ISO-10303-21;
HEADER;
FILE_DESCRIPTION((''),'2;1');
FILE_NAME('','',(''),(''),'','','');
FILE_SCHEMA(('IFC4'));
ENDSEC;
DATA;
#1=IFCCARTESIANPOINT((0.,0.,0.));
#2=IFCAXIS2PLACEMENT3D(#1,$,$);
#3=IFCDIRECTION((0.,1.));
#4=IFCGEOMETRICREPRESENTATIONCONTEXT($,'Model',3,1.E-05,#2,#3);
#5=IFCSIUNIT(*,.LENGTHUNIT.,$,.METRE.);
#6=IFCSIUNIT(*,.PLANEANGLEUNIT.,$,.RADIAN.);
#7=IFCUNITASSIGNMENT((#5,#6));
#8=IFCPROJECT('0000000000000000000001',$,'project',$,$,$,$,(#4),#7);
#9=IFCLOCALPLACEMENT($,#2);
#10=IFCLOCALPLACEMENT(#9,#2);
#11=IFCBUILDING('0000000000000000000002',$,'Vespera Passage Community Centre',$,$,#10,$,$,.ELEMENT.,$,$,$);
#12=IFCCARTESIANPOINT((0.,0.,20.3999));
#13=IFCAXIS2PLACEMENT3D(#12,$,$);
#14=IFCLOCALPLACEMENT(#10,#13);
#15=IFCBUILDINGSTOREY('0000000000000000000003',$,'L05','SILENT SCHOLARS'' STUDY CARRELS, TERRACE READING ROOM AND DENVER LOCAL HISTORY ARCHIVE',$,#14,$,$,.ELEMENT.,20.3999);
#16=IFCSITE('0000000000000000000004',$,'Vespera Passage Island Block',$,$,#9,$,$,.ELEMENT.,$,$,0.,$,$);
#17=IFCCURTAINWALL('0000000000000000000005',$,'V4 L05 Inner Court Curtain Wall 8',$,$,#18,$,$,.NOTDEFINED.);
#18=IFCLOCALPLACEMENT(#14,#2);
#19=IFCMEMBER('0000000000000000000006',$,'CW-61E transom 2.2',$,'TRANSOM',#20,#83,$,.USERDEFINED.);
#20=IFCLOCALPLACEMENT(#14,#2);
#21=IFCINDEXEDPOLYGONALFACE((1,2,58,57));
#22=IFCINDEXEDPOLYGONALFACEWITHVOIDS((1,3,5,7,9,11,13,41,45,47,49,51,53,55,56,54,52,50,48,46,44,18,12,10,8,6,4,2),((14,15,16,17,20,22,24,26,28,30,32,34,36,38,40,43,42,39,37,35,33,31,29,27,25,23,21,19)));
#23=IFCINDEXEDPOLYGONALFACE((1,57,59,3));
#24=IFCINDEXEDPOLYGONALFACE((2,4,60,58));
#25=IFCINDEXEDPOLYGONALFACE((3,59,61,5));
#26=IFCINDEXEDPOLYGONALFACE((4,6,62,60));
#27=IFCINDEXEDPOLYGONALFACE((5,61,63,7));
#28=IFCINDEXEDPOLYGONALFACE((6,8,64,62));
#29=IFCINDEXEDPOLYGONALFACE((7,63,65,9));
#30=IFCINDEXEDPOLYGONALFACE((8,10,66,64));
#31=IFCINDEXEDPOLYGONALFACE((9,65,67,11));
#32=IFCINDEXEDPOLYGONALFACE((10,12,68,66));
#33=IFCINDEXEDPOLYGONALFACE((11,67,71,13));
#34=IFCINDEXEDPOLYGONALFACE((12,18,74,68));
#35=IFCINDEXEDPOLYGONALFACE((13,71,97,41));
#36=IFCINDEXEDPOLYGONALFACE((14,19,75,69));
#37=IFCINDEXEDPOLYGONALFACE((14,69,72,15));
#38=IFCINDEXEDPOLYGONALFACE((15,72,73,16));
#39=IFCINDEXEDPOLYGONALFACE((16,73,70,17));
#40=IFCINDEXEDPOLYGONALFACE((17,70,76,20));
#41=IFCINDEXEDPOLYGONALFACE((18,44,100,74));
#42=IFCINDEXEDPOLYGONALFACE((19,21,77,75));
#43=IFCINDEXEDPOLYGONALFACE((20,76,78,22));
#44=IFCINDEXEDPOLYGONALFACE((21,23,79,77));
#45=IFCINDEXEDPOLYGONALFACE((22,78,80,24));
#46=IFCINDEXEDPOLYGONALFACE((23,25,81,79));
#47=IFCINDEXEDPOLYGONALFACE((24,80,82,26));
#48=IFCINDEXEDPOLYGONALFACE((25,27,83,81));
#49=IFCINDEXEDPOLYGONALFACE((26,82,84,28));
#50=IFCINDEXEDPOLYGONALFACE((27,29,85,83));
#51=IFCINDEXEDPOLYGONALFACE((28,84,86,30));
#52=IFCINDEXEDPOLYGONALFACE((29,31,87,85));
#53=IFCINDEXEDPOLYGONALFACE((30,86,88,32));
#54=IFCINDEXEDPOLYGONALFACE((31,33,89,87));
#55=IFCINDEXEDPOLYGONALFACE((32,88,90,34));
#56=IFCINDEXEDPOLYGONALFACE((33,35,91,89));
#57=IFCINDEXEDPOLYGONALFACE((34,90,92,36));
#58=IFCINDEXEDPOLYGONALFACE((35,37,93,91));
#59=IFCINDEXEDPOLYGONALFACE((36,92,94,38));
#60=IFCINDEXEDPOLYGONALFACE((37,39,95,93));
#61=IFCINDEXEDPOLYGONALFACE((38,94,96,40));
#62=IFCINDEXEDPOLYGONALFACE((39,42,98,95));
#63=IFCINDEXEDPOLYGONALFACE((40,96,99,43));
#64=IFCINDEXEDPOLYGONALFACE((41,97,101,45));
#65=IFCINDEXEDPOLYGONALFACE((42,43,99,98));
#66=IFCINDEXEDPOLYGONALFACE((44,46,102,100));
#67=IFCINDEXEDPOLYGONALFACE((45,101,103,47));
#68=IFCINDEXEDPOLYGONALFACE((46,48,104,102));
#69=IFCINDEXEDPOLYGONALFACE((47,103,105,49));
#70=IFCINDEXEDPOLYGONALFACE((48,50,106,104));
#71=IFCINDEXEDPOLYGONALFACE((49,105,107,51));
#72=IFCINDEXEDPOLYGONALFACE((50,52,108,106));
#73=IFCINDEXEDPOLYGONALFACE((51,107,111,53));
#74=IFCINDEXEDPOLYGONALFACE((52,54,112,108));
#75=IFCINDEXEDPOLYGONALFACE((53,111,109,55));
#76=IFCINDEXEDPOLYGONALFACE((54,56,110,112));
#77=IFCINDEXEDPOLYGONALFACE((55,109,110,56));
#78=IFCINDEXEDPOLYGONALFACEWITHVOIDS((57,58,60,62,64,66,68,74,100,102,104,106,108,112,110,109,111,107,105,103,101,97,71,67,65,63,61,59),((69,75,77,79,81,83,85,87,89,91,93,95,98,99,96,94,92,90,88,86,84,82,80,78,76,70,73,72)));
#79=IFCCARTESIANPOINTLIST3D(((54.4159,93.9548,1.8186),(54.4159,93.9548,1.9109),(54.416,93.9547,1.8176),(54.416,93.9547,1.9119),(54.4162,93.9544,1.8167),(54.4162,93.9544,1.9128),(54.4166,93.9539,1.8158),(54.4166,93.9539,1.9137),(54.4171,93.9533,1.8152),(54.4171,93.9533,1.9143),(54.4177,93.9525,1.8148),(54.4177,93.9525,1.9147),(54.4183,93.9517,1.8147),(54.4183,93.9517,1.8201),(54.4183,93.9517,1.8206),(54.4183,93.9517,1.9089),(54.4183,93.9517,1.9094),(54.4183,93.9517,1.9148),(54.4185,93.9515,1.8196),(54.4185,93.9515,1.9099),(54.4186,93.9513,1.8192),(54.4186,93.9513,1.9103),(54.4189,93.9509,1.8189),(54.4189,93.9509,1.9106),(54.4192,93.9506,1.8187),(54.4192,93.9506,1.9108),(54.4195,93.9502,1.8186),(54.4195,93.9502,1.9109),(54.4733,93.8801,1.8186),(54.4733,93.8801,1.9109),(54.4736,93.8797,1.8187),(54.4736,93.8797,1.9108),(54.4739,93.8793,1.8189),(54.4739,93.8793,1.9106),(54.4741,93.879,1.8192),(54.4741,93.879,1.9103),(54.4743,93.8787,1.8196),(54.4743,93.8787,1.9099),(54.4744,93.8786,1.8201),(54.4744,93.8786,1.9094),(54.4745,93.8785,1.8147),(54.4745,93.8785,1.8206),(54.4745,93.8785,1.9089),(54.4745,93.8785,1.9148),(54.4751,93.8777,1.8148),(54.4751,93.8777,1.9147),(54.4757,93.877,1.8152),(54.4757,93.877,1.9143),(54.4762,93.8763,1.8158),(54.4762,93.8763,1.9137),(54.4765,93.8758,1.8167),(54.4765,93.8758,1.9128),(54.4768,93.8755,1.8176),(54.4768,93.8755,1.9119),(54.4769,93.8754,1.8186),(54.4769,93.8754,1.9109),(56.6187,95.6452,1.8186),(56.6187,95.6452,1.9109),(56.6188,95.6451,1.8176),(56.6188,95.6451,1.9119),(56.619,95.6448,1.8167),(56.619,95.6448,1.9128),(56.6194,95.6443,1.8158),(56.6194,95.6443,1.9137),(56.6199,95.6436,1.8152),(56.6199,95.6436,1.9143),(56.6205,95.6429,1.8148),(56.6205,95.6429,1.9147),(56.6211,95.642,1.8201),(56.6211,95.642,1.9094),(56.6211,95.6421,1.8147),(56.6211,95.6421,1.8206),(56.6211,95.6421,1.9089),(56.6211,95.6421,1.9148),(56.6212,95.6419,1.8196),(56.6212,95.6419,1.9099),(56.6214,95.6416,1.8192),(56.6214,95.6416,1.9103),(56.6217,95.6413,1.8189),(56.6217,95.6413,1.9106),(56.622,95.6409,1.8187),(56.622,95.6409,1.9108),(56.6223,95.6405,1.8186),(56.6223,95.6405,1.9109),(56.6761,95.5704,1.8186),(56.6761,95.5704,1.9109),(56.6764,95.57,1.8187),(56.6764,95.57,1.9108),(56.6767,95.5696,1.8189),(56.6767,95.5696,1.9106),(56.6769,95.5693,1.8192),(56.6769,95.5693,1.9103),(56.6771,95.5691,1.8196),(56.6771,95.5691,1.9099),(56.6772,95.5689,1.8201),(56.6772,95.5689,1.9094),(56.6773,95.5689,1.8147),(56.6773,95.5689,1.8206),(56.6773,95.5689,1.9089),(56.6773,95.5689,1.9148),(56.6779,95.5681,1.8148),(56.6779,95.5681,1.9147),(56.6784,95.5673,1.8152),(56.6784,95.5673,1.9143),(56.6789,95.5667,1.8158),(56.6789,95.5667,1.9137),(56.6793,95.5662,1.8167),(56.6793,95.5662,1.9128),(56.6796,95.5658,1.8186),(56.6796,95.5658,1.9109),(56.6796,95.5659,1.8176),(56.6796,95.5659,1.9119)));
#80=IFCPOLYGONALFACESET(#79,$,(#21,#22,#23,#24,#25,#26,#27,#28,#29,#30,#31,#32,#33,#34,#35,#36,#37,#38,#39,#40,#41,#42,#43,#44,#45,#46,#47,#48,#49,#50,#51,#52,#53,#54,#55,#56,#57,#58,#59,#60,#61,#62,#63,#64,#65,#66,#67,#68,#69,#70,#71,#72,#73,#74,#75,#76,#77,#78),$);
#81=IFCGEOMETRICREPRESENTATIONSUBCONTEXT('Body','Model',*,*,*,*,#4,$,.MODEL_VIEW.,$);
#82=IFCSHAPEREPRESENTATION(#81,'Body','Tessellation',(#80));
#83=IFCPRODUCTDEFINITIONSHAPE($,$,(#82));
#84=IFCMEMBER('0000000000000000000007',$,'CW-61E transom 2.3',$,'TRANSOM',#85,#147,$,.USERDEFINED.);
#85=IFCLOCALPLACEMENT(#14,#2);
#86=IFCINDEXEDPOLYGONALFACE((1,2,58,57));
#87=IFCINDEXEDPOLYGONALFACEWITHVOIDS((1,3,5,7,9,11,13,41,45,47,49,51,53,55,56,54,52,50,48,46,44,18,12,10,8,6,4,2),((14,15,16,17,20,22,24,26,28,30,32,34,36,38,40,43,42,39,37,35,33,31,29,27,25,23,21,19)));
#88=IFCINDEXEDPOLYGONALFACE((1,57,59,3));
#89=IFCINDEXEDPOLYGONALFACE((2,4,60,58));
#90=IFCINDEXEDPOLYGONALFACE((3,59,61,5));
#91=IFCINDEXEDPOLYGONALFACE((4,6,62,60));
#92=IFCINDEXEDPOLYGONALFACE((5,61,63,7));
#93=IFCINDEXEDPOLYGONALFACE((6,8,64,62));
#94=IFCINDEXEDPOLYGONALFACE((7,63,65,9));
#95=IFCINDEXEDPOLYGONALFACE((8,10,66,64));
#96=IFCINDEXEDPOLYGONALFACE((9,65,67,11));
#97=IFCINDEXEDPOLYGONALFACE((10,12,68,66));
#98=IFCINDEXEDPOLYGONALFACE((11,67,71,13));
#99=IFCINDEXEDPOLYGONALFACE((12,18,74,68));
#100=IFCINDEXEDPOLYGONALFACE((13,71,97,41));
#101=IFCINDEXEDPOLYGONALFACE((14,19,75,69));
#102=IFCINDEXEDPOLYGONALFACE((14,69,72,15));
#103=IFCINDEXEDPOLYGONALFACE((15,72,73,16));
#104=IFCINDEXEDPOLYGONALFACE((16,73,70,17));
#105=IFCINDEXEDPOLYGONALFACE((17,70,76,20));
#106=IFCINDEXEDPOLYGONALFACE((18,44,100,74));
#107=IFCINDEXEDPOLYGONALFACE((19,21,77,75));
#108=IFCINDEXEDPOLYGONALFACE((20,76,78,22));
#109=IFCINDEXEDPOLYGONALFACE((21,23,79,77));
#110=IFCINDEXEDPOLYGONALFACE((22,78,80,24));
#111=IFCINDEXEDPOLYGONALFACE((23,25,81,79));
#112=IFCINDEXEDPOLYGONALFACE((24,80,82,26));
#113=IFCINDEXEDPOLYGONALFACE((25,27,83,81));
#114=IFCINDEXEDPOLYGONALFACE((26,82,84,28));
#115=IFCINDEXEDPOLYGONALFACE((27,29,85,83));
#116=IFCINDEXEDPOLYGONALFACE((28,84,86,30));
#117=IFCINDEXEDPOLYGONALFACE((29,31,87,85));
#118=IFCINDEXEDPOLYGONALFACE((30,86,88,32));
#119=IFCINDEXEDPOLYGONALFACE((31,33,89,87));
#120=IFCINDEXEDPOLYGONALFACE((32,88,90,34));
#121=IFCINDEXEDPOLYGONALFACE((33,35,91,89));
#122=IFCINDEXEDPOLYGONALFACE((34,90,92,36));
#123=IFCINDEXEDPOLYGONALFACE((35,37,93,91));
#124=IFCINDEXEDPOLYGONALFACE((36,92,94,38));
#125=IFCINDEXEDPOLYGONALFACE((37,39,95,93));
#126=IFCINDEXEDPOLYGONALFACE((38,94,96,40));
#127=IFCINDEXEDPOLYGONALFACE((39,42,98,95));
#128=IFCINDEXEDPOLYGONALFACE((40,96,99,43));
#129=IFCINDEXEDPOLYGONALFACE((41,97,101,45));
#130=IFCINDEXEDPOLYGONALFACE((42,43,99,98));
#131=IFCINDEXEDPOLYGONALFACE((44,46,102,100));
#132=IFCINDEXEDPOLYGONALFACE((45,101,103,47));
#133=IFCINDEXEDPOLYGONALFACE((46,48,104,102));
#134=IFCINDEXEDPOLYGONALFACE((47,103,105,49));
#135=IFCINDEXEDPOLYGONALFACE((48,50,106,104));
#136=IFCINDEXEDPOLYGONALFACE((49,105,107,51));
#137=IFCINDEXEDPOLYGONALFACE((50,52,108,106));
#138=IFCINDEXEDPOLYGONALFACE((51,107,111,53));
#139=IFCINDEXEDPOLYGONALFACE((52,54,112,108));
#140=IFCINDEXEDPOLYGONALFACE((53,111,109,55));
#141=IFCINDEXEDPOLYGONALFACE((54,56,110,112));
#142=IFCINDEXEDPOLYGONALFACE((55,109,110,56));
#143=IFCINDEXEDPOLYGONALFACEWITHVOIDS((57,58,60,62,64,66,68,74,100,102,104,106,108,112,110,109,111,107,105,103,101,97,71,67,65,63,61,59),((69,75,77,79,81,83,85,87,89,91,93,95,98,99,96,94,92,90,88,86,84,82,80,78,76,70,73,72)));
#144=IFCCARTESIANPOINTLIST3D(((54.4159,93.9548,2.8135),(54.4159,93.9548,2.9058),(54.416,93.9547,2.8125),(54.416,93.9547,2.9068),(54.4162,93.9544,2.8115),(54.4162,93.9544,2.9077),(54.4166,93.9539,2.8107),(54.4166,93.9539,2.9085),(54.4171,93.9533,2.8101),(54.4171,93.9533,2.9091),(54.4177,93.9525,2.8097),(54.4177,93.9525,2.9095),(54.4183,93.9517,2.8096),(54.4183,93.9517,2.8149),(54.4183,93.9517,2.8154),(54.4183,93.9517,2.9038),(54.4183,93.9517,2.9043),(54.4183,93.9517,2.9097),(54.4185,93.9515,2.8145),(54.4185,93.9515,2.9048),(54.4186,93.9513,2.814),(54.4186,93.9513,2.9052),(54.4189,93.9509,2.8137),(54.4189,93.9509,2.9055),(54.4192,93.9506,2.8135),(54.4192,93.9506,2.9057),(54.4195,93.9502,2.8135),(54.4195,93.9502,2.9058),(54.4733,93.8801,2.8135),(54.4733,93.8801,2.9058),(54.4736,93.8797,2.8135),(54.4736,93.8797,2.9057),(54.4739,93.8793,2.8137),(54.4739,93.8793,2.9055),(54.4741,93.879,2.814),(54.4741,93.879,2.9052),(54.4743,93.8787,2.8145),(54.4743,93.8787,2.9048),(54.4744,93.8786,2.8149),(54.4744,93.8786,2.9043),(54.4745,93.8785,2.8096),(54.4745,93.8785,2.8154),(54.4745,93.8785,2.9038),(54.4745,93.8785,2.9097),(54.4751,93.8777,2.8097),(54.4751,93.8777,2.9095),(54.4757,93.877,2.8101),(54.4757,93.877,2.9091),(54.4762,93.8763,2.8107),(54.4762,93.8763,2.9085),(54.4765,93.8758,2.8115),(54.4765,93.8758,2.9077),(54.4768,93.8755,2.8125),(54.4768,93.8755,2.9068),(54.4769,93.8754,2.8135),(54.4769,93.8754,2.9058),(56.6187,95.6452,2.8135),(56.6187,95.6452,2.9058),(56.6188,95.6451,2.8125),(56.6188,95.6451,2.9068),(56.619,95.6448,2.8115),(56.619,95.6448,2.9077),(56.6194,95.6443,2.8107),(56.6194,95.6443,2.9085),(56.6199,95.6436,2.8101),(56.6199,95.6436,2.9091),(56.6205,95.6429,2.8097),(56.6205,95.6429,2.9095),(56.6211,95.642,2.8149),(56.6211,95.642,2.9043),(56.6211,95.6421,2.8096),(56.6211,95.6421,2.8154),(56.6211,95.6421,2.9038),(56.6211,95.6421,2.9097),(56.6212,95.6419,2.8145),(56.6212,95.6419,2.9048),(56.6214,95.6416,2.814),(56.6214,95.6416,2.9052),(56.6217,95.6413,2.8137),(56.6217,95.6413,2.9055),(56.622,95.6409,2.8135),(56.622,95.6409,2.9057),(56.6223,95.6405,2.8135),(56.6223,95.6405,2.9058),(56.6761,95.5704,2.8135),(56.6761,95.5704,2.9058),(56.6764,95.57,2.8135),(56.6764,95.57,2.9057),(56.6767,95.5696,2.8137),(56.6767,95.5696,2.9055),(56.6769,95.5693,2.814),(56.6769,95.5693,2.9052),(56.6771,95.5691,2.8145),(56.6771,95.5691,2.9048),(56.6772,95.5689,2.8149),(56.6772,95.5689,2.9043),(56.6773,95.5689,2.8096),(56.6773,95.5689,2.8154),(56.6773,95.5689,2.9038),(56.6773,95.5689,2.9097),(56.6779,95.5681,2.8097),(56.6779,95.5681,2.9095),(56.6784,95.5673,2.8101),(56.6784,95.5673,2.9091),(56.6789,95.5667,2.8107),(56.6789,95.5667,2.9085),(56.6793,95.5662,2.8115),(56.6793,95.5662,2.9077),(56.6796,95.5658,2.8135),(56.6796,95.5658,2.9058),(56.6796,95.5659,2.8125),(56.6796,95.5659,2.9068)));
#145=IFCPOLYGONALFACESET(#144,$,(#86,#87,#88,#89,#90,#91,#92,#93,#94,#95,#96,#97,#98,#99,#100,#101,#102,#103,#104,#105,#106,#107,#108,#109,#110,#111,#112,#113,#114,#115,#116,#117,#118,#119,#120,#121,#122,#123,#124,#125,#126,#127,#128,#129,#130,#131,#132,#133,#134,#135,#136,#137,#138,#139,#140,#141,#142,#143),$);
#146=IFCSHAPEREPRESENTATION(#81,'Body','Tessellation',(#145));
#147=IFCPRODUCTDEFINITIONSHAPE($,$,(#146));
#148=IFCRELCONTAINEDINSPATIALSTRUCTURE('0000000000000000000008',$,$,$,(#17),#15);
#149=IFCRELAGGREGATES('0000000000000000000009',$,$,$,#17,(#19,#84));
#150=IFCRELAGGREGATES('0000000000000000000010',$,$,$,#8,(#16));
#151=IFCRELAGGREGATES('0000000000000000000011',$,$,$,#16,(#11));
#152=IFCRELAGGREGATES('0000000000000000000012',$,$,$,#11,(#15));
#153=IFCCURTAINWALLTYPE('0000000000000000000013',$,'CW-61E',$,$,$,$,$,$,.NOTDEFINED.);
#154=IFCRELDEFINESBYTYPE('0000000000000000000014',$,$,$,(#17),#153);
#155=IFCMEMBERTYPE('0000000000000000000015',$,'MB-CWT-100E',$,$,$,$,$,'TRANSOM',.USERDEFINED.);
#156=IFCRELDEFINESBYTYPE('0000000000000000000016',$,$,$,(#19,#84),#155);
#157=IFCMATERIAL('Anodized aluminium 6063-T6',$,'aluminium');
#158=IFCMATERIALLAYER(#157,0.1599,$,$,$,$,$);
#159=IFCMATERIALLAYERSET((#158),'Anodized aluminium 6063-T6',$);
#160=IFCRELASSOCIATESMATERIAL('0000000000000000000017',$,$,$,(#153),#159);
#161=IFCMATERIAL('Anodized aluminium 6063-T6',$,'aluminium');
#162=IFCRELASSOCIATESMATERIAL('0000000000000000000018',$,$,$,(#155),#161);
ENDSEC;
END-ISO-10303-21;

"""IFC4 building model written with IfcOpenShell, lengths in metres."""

from ifc_helpers import new_model, si_unit, direction, frame, origin, origin_2d, place, context, subcontext, project, spatial, hollow_rectangle, extrude, material, layer, layer_set, material_profile, profile_set, type_object, element, aggregate, save


model = new_model("IFC4")

# Units and contexts
model_context = context("Model", 3, precision=1e-05, world=origin(), true_north=direction((0.0, 1.0)))
body_context = subcontext(model_context, "Body", "Model", "MODEL_VIEW")
ifc_project = project(units=[si_unit("LENGTHUNIT", "METRE"), si_unit("PLANEANGLEUNIT", "RADIAN")], contexts=[model_context])

# Site, building, storey
site_placement = place(None, origin())
site = spatial("IfcSite", under=ifc_project, at=site_placement, Name="Vespera Passage Island Block", CompositionType="ELEMENT", RefElevation=0.0)
building_placement = place(site_placement, origin())
building = spatial("IfcBuilding", under=site, at=building_placement, Name="Vespera Passage Community Centre", CompositionType="ELEMENT")
storey_placement = place(building_placement, frame((0.0, 0.0, 20.3999)))
storey = spatial("IfcBuildingStorey", under=building, at=storey_placement, Name="L05", Description="SILENT SCHOLARS' STUDY CARRELS, TERRACE READING ROOM AND DENVER LOCAL HISTORY ARCHIVE", CompositionType="ELEMENT", Elevation=20.3999)

# Curtain wall
ifc_material_1 = material(Name="Anodized aluminium 6063-T6", Category="aluminium")
ifc_layer_1 = layer(ifc_material_1, 0.1599)
ifc_layer_set_1 = layer_set([ifc_layer_1], Name="Anodized aluminium 6063-T6")
curtain_wall_type_1 = type_object("IfcCurtainWallType", Name="CW-61E", PredefinedType="NOTDEFINED", material=ifc_layer_set_1)
curtain_wall_1_placement = place(storey_placement, origin())
curtain_wall_1 = element("IfcCurtainWall", 1, at=curtain_wall_1_placement, inside=storey, type_object=curtain_wall_type_1, Name="V4 L05 Inner Court Curtain Wall 8", PredefinedType="NOTDEFINED")

# Members
ifc_material_2 = material(Name="Anodized aluminium 6063-T6", Category="aluminium")
ifc_material_profile_1 = material_profile(ifc_material_2, hollow_rectangle(XDim=0.1001, YDim=0.1001, WallThickness=0.0039, InnerFilletRadius=0.002, OuterFilletRadius=0.0039, at=origin_2d()), Name="ALU100X100X4")
ifc_profile_set_1 = profile_set([ifc_material_profile_1], Name="Anodized aluminium 6063-T6")
member_type_1 = type_object("IfcMemberType", Name="MB-CWT-100E", ElementType="TRANSOM", PredefinedType="USERDEFINED", material=ifc_profile_set_1)
member_1_placement = place(storey_placement, frame((56.6492, 95.6055, 1.8647), z_axis=(-0.793336, -0.608784, 0.0), x_axis=(0.608784, -0.793336, 0.0)))
member_1 = element("IfcMember", 2, at=member_1_placement, type_object=member_type_1, Name="CW-61E transom 2.2", ObjectType="TRANSOM", PredefinedType="USERDEFINED", context=body_context, shape_type="SweptSolid", body=[
    extrude(hollow_rectangle(XDim=0.1001, YDim=0.1001, WallThickness=0.0039, InnerFilletRadius=0.002, OuterFilletRadius=0.0039, at=origin_2d()), origin(), (0.0, 0.0, 1.0), 2.7766),
])
member_2_placement = place(storey_placement, frame((56.6492, 95.6055, 2.8596), z_axis=(-0.793336, -0.608784, 0.0), x_axis=(0.608784, -0.793336, 0.0)))
member_2 = element("IfcMember", 3, at=member_2_placement, type_object=member_type_1, Name="CW-61E transom 2.3", ObjectType="TRANSOM", PredefinedType="USERDEFINED", context=body_context, shape_type="SweptSolid", body=[
    extrude(hollow_rectangle(XDim=0.1001, YDim=0.1001, WallThickness=0.0039, InnerFilletRadius=0.002, OuterFilletRadius=0.0039, at=origin_2d()), origin(), (0.0, 0.0, 1.0), 2.7766),
])

aggregate(curtain_wall_1, [member_1, member_2])

save(model, "model.ifc")
